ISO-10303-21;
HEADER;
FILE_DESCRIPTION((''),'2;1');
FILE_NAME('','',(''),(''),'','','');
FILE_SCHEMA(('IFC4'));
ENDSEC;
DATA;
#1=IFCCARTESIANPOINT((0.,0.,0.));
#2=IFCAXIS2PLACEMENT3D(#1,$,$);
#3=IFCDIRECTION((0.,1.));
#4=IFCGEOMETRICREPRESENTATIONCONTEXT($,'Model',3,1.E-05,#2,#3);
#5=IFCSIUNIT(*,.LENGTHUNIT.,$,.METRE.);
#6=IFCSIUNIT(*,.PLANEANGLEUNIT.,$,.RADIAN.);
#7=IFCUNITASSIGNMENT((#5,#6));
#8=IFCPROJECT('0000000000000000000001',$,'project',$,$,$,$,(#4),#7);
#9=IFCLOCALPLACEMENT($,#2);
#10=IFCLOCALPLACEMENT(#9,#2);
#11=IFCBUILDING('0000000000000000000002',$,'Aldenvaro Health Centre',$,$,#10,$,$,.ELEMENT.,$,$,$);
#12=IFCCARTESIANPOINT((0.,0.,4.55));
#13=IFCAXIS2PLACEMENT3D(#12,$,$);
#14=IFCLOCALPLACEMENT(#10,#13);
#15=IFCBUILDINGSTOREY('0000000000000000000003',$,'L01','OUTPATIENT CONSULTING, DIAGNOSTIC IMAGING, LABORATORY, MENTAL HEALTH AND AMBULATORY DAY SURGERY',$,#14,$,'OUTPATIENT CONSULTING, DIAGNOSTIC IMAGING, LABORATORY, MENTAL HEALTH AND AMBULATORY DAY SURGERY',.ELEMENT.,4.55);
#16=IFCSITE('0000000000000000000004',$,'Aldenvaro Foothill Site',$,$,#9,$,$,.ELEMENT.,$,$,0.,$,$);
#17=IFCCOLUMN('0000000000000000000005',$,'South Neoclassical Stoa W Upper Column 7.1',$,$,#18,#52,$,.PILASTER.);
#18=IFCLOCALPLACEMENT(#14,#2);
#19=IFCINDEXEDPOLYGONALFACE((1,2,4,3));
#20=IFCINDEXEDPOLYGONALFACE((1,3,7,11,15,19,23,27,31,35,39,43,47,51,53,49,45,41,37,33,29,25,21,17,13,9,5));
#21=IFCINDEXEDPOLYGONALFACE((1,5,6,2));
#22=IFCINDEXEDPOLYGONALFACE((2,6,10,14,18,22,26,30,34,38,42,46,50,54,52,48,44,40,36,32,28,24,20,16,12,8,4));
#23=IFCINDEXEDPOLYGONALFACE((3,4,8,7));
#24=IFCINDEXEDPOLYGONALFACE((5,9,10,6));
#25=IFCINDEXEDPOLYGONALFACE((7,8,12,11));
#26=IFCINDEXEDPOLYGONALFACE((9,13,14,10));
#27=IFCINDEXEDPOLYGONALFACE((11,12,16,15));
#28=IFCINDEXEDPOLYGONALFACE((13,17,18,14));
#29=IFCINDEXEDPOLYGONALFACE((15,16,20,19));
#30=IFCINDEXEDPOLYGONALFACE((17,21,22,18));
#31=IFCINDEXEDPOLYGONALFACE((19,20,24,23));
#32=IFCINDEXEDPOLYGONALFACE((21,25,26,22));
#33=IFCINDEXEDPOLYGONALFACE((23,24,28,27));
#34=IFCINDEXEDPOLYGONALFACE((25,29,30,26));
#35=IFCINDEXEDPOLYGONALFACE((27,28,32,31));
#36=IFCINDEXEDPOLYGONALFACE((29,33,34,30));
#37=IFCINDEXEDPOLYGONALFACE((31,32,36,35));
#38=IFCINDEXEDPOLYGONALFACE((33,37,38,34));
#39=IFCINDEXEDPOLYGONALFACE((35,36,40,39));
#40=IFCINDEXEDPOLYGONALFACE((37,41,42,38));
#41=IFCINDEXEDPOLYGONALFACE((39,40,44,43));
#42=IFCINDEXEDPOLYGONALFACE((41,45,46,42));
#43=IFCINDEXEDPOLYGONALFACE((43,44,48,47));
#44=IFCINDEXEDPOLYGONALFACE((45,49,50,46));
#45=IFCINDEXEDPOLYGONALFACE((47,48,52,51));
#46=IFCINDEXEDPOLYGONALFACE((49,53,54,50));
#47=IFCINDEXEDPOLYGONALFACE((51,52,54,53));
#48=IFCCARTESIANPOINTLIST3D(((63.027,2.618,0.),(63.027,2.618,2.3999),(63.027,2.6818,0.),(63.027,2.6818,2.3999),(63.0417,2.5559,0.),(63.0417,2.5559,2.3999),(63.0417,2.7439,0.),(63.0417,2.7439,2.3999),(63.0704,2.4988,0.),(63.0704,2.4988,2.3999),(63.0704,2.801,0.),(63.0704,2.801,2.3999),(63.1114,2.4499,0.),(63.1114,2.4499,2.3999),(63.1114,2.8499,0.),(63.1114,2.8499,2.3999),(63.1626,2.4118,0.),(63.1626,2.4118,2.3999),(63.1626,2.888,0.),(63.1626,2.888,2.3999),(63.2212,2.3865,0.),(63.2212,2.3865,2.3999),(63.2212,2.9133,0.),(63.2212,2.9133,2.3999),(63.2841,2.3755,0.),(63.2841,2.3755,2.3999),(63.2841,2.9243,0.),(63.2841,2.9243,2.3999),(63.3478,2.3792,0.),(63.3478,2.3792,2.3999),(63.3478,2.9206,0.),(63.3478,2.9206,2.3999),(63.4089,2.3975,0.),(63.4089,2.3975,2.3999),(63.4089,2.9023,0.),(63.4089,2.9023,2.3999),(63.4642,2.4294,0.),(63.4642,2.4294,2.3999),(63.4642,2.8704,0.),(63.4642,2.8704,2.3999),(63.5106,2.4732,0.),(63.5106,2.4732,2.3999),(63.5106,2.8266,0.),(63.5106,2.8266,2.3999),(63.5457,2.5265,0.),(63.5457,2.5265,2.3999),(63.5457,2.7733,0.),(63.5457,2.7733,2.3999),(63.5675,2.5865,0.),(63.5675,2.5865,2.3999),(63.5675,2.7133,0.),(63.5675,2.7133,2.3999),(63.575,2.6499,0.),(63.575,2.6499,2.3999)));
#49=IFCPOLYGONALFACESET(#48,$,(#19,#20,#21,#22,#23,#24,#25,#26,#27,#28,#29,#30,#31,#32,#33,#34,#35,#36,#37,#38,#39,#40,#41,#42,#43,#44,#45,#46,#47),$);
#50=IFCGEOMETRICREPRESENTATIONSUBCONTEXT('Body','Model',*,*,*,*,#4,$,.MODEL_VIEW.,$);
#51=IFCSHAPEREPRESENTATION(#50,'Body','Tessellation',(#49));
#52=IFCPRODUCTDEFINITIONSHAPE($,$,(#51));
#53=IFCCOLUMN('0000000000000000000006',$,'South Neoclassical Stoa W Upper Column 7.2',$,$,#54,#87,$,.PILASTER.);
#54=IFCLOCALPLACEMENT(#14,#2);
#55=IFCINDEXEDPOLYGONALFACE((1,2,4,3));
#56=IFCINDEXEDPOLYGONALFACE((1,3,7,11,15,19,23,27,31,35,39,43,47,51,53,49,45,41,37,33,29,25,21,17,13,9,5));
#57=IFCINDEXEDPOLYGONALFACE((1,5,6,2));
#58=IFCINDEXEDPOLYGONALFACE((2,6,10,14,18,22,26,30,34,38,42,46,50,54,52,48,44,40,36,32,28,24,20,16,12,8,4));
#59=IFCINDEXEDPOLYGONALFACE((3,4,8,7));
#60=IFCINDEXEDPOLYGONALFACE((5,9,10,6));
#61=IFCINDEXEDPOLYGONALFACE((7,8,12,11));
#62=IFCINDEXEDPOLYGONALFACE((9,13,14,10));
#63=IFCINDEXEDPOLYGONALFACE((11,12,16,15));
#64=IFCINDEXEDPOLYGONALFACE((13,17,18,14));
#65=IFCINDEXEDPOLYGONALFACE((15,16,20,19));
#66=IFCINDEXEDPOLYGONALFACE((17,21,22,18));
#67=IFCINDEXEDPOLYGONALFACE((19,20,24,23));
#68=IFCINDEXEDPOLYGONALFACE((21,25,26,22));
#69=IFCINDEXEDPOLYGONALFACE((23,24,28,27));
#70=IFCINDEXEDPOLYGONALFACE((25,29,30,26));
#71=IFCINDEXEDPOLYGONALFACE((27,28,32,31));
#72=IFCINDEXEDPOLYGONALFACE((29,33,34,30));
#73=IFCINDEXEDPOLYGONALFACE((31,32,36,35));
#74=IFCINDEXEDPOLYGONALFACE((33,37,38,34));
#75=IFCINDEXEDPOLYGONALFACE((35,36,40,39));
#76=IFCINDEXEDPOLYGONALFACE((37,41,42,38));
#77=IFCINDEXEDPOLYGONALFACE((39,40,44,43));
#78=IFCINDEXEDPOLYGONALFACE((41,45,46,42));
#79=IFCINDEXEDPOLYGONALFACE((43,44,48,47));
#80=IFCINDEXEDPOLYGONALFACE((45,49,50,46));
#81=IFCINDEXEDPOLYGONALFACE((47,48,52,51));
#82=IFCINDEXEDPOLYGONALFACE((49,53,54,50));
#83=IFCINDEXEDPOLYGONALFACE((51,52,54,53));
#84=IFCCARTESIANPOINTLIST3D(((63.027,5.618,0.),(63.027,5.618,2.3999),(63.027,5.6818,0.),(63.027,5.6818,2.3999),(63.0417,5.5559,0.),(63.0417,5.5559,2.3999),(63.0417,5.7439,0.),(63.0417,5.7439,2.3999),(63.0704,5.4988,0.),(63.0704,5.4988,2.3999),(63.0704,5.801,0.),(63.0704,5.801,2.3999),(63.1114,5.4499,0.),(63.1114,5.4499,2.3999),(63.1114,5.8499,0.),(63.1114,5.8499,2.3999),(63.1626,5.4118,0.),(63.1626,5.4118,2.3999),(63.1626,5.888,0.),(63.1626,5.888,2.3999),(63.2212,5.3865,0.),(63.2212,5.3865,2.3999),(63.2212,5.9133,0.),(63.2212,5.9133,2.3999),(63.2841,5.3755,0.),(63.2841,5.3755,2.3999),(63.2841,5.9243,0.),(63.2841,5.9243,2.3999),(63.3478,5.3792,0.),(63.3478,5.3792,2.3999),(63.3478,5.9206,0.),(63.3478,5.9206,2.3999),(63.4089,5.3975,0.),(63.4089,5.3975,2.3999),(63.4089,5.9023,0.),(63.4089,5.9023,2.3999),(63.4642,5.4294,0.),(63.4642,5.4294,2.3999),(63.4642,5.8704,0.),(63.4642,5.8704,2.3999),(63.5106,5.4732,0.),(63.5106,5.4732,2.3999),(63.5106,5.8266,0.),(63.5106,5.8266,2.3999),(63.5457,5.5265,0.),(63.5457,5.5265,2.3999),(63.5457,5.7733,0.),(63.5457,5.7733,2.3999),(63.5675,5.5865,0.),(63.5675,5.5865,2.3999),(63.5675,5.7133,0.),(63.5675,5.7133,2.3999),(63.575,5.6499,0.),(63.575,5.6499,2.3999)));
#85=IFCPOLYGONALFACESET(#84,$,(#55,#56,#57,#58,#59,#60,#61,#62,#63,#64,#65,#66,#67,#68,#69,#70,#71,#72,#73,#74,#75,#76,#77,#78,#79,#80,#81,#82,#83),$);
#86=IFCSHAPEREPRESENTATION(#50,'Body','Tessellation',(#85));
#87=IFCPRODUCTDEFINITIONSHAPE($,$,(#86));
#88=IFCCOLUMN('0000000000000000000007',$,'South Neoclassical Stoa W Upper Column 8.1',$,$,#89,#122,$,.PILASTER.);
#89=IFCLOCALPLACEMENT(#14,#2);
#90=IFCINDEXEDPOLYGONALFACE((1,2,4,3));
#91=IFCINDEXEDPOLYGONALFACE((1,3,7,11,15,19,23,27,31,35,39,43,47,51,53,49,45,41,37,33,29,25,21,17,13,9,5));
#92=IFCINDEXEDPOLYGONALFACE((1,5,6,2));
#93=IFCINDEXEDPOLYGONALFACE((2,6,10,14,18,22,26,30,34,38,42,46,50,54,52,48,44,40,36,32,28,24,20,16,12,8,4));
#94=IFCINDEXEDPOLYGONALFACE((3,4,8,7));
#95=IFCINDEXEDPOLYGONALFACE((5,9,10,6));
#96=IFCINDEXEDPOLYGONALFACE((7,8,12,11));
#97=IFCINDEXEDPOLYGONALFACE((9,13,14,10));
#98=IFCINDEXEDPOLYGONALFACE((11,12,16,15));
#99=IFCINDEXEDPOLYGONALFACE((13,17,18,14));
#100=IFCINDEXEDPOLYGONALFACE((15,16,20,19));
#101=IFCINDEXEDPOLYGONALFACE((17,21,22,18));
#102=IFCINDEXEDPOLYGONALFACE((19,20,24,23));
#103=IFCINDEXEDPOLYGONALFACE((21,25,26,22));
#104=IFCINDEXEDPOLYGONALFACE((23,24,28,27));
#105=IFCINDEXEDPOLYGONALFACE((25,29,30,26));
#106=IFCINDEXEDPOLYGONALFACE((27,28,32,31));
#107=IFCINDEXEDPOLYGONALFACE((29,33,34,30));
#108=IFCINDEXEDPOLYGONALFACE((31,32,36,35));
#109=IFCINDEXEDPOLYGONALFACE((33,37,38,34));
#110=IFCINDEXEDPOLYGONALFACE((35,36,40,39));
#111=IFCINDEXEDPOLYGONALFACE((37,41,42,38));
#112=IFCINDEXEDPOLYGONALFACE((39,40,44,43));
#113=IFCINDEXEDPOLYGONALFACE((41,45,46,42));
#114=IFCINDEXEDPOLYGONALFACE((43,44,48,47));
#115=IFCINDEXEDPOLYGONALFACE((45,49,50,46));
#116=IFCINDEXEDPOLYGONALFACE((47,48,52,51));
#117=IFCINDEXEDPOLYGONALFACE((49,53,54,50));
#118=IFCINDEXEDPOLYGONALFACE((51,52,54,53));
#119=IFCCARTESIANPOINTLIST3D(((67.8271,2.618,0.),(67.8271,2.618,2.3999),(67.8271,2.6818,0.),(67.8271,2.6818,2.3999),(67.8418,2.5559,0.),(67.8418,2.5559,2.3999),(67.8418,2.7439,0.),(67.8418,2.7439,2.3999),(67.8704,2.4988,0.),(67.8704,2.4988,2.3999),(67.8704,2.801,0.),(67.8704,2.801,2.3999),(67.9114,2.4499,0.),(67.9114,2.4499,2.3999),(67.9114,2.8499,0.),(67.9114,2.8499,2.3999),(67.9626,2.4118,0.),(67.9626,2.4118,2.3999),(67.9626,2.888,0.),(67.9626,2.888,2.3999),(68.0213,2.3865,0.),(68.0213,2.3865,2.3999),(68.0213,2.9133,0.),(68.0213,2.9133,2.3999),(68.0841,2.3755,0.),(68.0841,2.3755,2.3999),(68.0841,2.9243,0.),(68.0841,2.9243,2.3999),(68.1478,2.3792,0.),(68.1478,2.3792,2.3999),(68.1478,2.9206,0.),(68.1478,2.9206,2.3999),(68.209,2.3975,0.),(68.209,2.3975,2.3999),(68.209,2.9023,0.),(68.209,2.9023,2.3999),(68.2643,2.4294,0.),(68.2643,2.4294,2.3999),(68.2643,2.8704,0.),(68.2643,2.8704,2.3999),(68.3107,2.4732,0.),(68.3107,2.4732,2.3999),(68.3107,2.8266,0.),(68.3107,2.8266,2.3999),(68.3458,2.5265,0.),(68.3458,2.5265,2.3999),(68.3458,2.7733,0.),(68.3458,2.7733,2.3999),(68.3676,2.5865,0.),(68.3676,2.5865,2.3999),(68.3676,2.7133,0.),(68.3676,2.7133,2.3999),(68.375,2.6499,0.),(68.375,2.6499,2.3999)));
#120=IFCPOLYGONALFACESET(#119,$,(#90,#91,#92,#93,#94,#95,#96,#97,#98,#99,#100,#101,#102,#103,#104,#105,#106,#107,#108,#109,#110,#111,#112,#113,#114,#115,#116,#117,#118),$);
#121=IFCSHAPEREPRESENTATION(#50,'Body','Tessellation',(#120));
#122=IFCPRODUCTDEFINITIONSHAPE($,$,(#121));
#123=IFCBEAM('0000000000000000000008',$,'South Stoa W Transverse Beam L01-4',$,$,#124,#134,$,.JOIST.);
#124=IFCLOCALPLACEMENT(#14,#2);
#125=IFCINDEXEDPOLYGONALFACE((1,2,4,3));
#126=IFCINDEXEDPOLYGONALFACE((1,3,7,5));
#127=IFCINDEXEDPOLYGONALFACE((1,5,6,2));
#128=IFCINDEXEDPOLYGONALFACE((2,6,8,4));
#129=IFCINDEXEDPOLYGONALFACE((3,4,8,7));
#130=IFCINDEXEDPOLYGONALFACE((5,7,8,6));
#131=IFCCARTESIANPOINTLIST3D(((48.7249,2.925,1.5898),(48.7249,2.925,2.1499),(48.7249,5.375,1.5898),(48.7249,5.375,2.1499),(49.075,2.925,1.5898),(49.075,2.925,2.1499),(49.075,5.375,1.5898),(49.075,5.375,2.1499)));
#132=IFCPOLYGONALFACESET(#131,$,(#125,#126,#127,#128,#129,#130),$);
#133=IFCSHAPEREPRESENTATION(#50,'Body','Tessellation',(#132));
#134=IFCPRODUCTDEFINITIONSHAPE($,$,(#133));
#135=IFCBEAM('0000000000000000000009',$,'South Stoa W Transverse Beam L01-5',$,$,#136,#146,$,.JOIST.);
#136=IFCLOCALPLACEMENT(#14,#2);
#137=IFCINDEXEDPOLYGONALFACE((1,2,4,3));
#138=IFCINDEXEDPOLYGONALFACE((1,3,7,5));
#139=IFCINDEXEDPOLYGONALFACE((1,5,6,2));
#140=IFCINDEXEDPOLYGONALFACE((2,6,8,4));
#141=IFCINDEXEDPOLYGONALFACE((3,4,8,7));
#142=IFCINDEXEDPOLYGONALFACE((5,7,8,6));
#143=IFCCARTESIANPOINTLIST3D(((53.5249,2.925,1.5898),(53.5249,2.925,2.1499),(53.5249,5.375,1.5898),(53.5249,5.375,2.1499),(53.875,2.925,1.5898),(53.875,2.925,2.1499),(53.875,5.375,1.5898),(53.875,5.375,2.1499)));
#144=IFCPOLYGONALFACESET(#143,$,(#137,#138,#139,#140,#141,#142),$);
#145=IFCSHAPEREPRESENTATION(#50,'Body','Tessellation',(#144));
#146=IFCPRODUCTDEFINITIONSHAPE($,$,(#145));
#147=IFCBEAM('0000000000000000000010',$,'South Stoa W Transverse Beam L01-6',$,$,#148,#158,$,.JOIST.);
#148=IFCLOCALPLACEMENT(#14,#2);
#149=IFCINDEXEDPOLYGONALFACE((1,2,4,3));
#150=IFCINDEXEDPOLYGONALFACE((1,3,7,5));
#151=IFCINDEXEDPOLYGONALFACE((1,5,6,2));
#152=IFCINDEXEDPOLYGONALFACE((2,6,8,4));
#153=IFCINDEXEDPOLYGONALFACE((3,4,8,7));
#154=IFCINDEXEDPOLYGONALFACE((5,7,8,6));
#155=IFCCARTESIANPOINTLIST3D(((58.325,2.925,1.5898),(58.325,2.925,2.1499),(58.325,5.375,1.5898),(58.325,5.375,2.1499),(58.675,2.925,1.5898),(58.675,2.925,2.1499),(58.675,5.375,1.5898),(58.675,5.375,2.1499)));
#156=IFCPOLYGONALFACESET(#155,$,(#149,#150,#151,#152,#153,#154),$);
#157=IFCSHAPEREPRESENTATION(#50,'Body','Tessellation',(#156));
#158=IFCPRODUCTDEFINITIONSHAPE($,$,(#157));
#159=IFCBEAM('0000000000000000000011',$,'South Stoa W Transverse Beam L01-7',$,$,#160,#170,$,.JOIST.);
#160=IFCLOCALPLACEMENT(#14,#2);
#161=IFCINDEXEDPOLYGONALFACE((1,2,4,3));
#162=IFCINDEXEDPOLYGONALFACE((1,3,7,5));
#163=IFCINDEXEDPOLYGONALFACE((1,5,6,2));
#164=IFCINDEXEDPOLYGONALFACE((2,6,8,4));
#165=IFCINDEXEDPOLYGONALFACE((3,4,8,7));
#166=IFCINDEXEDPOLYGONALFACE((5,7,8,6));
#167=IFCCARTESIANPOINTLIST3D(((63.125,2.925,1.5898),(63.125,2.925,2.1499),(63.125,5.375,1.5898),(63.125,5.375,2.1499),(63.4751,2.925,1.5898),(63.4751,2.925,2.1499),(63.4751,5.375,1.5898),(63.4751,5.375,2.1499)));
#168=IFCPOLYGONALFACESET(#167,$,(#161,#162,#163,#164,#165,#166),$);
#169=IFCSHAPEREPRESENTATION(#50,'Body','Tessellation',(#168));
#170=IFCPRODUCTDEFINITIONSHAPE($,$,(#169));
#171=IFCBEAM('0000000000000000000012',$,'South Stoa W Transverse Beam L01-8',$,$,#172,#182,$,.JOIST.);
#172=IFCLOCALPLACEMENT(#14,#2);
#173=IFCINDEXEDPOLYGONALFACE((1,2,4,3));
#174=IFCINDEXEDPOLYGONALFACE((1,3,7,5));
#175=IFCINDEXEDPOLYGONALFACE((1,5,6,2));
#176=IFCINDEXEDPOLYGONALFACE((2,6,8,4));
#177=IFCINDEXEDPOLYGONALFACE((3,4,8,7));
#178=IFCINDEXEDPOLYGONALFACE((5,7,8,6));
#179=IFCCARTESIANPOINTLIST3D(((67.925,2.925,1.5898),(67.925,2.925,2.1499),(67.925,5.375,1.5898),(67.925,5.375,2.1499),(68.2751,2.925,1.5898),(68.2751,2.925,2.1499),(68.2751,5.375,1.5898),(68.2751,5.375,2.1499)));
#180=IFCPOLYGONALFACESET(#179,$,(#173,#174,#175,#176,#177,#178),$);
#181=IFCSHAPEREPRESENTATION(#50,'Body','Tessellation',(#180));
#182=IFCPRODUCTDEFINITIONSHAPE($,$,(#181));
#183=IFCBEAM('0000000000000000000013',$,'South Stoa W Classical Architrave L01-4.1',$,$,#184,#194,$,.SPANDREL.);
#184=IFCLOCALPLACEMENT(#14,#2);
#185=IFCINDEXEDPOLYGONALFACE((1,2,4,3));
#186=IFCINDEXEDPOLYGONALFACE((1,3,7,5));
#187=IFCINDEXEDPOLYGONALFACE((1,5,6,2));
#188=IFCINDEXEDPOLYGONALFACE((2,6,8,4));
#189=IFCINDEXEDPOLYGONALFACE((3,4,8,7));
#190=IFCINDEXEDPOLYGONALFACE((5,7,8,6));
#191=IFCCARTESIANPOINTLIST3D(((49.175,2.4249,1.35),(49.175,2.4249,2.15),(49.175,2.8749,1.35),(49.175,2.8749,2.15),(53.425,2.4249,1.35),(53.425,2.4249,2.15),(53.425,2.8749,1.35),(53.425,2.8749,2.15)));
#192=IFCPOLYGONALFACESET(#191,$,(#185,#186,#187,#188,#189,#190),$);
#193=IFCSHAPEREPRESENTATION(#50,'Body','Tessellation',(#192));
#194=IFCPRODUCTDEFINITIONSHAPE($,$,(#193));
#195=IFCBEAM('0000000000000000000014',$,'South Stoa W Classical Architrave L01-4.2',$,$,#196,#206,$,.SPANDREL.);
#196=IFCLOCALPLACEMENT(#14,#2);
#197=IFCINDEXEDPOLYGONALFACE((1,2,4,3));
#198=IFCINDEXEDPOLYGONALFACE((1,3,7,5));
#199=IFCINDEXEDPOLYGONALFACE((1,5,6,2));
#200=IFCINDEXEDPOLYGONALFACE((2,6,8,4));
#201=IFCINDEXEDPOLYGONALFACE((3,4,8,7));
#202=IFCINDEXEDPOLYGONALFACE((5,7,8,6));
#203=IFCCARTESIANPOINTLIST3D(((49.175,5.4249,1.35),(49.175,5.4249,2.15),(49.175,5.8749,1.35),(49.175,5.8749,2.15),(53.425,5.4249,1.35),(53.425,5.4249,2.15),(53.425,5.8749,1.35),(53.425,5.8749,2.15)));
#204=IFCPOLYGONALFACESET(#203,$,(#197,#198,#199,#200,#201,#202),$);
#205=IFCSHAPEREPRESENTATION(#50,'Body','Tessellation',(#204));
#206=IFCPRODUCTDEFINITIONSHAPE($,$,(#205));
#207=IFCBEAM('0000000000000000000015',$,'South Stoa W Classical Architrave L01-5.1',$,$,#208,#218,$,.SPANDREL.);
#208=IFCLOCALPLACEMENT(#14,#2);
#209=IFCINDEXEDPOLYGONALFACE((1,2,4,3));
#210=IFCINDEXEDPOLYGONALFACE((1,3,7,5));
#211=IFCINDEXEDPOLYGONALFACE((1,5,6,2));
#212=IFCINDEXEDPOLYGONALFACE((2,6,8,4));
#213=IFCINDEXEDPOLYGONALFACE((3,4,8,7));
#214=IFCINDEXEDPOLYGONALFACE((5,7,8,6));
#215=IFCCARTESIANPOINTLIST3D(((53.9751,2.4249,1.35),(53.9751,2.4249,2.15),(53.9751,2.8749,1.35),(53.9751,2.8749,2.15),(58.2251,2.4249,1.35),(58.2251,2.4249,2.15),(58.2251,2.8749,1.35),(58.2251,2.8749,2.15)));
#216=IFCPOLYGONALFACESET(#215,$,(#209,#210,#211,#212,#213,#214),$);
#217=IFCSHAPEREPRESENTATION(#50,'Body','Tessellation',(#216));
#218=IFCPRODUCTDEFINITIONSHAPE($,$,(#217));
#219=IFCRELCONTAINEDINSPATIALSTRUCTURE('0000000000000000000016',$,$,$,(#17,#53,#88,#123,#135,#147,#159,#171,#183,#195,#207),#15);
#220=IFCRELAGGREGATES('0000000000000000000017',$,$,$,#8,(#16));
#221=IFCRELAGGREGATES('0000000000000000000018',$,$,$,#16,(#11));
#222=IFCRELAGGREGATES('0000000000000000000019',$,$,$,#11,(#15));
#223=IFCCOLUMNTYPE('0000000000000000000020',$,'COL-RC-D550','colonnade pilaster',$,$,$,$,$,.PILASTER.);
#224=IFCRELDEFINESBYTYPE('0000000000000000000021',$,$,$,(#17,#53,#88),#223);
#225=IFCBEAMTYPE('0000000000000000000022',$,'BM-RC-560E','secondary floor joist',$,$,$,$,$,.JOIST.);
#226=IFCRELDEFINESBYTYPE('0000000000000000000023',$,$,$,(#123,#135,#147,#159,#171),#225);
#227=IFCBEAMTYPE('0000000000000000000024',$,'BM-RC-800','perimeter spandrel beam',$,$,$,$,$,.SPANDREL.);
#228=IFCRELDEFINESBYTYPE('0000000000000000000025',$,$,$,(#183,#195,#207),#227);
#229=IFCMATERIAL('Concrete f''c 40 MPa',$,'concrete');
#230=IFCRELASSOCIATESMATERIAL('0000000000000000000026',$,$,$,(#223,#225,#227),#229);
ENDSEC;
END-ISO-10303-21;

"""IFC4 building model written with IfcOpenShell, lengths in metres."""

from ifc_helpers import new_model, si_unit, direction, frame, origin, origin_2d, place, context, subcontext, project, spatial, rectangle, circle, extrude, material, material_profile, profile_set, type_object, element, save


model = new_model("IFC4")

# Units and contexts
model_context = context("Model", 3, precision=1e-05, world=origin(), true_north=direction((0.0, 1.0)))
body_context = subcontext(model_context, "Body", "Model", "MODEL_VIEW")
ifc_project = project(units=[si_unit("LENGTHUNIT", "METRE"), si_unit("PLANEANGLEUNIT", "RADIAN")], contexts=[model_context])

# Site, building, storey
site_placement = place(None, origin())
site = spatial("IfcSite", under=ifc_project, at=site_placement, Name="Aldenvaro Foothill Site", CompositionType="ELEMENT", RefElevation=0.0)
building_placement = place(site_placement, origin())
building = spatial("IfcBuilding", under=site, at=building_placement, Name="Aldenvaro Health Centre", CompositionType="ELEMENT")
storey_placement = place(building_placement, frame((0.0, 0.0, 4.55)))
storey = spatial("IfcBuildingStorey", under=building, at=storey_placement, Name="L01", Description="OUTPATIENT CONSULTING, DIAGNOSTIC IMAGING, LABORATORY, MENTAL HEALTH AND AMBULATORY DAY SURGERY", LongName="OUTPATIENT CONSULTING, DIAGNOSTIC IMAGING, LABORATORY, MENTAL HEALTH AND AMBULATORY DAY SURGERY", CompositionType="ELEMENT", Elevation=4.55)

# Columns
ifc_material = material(Name="Concrete f'c 40 MPa", Category="concrete")
ifc_material_profile_1 = material_profile(ifc_material, circle(Radius=0.2749, at=origin_2d()), Name="RC D550", Category="concrete")
ifc_profile_set_1 = profile_set([ifc_material_profile_1], Name="Concrete f'c 40 MPa")
column_type = type_object("IfcColumnType", Name="COL-RC-D550", Description="colonnade pilaster", PredefinedType="PILASTER", material=ifc_profile_set_1)
for number, where, z_axis, x_axis, name in (
    (1, (63.3, 2.6499, 0.0), (0.0, 0.0, 1.0), (1.0, 0.0, 0.0), "South Neoclassical Stoa W Upper Column 7.1"),
    (2, (63.3, 5.6499, 0.0), (0.0, 0.0, 1.0), (1.0, 0.0, 0.0), "South Neoclassical Stoa W Upper Column 7.2"),
    (3, (68.1001, 2.6499, 0.0), (0.0, 0.0, 1.0), (1.0, 0.0, 0.0), "South Neoclassical Stoa W Upper Column 8.1"),
):
    element("IfcColumn", number, at=place(storey_placement, frame(where, z_axis=z_axis, x_axis=x_axis)), inside=storey, type_object=column_type, Name=name, PredefinedType="PILASTER", context=body_context, shape_type="SweptSolid", body=[
        extrude(circle(Radius=0.2749, at=origin_2d()), origin(), (0.0, 0.0, 1.0), 2.3999),
    ])

# Beams
ifc_material_profile_2 = material_profile(ifc_material, rectangle(XDim=0.3501, YDim=0.5601, at=origin_2d()), Name="RC 350x560", Category="concrete")
ifc_profile_set_2 = profile_set([ifc_material_profile_2], Name="Concrete f'c 40 MPa")
beam_type_1 = type_object("IfcBeamType", Name="BM-RC-560E", Description="secondary floor joist", PredefinedType="JOIST", material=ifc_profile_set_2)
for number, where, z_axis, x_axis, name in (
    (4, (48.8999, 2.925, 1.8699), (0.0, 1.0, 0.0), (-1.0, 0.0, 0.0), "South Stoa W Transverse Beam L01-4"),
    (5, (53.7, 2.925, 1.8699), (0.0, 1.0, 0.0), (-1.0, 0.0, 0.0), "South Stoa W Transverse Beam L01-5"),
    (6, (58.5, 2.925, 1.8699), (0.0, 1.0, 0.0), (-1.0, 0.0, 0.0), "South Stoa W Transverse Beam L01-6"),
    (7, (63.3, 2.925, 1.8699), (0.0, 1.0, 0.0), (-1.0, 0.0, 0.0), "South Stoa W Transverse Beam L01-7"),
    (8, (68.1001, 2.925, 1.8699), (0.0, 1.0, 0.0), (-1.0, 0.0, 0.0), "South Stoa W Transverse Beam L01-8"),
):
    element("IfcBeam", number, at=place(storey_placement, frame(where, z_axis=z_axis, x_axis=x_axis)), inside=storey, type_object=beam_type_1, Name=name, PredefinedType="JOIST", context=body_context, shape_type="SweptSolid", body=[
        extrude(rectangle(XDim=0.3501, YDim=0.5601, at=origin_2d()), origin(), (0.0, 0.0, 1.0), 2.45),
    ])
ifc_material_profile_3 = material_profile(ifc_material, rectangle(XDim=0.45, YDim=0.8, at=origin_2d()), Name="RC 450x800", Category="concrete")
ifc_profile_set_3 = profile_set([ifc_material_profile_3], Name="Concrete f'c 40 MPa")
beam_type_2 = type_object("IfcBeamType", Name="BM-RC-800", Description="perimeter spandrel beam", PredefinedType="SPANDREL", material=ifc_profile_set_3)
for number, where, z_axis, x_axis, name in (
    (9, (49.175, 2.6499, 1.75), (1.0, 0.0, 0.0), (0.0, 1.0, 0.0), "South Stoa W Classical Architrave L01-4.1"),
    (10, (49.175, 5.6499, 1.75), (1.0, 0.0, 0.0), (0.0, 1.0, 0.0), "South Stoa W Classical Architrave L01-4.2"),
    (11, (53.9751, 2.6499, 1.75), (1.0, 0.0, 0.0), (0.0, 1.0, 0.0), "South Stoa W Classical Architrave L01-5.1"),
):
    element("IfcBeam", number, at=place(storey_placement, frame(where, z_axis=z_axis, x_axis=x_axis)), inside=storey, type_object=beam_type_2, Name=name, PredefinedType="SPANDREL", context=body_context, shape_type="SweptSolid", body=[
        extrude(rectangle(XDim=0.45, YDim=0.8, at=origin_2d()), origin(), (0.0, 0.0, 1.0), 4.25),
    ])

save(model, "model.ifc")
